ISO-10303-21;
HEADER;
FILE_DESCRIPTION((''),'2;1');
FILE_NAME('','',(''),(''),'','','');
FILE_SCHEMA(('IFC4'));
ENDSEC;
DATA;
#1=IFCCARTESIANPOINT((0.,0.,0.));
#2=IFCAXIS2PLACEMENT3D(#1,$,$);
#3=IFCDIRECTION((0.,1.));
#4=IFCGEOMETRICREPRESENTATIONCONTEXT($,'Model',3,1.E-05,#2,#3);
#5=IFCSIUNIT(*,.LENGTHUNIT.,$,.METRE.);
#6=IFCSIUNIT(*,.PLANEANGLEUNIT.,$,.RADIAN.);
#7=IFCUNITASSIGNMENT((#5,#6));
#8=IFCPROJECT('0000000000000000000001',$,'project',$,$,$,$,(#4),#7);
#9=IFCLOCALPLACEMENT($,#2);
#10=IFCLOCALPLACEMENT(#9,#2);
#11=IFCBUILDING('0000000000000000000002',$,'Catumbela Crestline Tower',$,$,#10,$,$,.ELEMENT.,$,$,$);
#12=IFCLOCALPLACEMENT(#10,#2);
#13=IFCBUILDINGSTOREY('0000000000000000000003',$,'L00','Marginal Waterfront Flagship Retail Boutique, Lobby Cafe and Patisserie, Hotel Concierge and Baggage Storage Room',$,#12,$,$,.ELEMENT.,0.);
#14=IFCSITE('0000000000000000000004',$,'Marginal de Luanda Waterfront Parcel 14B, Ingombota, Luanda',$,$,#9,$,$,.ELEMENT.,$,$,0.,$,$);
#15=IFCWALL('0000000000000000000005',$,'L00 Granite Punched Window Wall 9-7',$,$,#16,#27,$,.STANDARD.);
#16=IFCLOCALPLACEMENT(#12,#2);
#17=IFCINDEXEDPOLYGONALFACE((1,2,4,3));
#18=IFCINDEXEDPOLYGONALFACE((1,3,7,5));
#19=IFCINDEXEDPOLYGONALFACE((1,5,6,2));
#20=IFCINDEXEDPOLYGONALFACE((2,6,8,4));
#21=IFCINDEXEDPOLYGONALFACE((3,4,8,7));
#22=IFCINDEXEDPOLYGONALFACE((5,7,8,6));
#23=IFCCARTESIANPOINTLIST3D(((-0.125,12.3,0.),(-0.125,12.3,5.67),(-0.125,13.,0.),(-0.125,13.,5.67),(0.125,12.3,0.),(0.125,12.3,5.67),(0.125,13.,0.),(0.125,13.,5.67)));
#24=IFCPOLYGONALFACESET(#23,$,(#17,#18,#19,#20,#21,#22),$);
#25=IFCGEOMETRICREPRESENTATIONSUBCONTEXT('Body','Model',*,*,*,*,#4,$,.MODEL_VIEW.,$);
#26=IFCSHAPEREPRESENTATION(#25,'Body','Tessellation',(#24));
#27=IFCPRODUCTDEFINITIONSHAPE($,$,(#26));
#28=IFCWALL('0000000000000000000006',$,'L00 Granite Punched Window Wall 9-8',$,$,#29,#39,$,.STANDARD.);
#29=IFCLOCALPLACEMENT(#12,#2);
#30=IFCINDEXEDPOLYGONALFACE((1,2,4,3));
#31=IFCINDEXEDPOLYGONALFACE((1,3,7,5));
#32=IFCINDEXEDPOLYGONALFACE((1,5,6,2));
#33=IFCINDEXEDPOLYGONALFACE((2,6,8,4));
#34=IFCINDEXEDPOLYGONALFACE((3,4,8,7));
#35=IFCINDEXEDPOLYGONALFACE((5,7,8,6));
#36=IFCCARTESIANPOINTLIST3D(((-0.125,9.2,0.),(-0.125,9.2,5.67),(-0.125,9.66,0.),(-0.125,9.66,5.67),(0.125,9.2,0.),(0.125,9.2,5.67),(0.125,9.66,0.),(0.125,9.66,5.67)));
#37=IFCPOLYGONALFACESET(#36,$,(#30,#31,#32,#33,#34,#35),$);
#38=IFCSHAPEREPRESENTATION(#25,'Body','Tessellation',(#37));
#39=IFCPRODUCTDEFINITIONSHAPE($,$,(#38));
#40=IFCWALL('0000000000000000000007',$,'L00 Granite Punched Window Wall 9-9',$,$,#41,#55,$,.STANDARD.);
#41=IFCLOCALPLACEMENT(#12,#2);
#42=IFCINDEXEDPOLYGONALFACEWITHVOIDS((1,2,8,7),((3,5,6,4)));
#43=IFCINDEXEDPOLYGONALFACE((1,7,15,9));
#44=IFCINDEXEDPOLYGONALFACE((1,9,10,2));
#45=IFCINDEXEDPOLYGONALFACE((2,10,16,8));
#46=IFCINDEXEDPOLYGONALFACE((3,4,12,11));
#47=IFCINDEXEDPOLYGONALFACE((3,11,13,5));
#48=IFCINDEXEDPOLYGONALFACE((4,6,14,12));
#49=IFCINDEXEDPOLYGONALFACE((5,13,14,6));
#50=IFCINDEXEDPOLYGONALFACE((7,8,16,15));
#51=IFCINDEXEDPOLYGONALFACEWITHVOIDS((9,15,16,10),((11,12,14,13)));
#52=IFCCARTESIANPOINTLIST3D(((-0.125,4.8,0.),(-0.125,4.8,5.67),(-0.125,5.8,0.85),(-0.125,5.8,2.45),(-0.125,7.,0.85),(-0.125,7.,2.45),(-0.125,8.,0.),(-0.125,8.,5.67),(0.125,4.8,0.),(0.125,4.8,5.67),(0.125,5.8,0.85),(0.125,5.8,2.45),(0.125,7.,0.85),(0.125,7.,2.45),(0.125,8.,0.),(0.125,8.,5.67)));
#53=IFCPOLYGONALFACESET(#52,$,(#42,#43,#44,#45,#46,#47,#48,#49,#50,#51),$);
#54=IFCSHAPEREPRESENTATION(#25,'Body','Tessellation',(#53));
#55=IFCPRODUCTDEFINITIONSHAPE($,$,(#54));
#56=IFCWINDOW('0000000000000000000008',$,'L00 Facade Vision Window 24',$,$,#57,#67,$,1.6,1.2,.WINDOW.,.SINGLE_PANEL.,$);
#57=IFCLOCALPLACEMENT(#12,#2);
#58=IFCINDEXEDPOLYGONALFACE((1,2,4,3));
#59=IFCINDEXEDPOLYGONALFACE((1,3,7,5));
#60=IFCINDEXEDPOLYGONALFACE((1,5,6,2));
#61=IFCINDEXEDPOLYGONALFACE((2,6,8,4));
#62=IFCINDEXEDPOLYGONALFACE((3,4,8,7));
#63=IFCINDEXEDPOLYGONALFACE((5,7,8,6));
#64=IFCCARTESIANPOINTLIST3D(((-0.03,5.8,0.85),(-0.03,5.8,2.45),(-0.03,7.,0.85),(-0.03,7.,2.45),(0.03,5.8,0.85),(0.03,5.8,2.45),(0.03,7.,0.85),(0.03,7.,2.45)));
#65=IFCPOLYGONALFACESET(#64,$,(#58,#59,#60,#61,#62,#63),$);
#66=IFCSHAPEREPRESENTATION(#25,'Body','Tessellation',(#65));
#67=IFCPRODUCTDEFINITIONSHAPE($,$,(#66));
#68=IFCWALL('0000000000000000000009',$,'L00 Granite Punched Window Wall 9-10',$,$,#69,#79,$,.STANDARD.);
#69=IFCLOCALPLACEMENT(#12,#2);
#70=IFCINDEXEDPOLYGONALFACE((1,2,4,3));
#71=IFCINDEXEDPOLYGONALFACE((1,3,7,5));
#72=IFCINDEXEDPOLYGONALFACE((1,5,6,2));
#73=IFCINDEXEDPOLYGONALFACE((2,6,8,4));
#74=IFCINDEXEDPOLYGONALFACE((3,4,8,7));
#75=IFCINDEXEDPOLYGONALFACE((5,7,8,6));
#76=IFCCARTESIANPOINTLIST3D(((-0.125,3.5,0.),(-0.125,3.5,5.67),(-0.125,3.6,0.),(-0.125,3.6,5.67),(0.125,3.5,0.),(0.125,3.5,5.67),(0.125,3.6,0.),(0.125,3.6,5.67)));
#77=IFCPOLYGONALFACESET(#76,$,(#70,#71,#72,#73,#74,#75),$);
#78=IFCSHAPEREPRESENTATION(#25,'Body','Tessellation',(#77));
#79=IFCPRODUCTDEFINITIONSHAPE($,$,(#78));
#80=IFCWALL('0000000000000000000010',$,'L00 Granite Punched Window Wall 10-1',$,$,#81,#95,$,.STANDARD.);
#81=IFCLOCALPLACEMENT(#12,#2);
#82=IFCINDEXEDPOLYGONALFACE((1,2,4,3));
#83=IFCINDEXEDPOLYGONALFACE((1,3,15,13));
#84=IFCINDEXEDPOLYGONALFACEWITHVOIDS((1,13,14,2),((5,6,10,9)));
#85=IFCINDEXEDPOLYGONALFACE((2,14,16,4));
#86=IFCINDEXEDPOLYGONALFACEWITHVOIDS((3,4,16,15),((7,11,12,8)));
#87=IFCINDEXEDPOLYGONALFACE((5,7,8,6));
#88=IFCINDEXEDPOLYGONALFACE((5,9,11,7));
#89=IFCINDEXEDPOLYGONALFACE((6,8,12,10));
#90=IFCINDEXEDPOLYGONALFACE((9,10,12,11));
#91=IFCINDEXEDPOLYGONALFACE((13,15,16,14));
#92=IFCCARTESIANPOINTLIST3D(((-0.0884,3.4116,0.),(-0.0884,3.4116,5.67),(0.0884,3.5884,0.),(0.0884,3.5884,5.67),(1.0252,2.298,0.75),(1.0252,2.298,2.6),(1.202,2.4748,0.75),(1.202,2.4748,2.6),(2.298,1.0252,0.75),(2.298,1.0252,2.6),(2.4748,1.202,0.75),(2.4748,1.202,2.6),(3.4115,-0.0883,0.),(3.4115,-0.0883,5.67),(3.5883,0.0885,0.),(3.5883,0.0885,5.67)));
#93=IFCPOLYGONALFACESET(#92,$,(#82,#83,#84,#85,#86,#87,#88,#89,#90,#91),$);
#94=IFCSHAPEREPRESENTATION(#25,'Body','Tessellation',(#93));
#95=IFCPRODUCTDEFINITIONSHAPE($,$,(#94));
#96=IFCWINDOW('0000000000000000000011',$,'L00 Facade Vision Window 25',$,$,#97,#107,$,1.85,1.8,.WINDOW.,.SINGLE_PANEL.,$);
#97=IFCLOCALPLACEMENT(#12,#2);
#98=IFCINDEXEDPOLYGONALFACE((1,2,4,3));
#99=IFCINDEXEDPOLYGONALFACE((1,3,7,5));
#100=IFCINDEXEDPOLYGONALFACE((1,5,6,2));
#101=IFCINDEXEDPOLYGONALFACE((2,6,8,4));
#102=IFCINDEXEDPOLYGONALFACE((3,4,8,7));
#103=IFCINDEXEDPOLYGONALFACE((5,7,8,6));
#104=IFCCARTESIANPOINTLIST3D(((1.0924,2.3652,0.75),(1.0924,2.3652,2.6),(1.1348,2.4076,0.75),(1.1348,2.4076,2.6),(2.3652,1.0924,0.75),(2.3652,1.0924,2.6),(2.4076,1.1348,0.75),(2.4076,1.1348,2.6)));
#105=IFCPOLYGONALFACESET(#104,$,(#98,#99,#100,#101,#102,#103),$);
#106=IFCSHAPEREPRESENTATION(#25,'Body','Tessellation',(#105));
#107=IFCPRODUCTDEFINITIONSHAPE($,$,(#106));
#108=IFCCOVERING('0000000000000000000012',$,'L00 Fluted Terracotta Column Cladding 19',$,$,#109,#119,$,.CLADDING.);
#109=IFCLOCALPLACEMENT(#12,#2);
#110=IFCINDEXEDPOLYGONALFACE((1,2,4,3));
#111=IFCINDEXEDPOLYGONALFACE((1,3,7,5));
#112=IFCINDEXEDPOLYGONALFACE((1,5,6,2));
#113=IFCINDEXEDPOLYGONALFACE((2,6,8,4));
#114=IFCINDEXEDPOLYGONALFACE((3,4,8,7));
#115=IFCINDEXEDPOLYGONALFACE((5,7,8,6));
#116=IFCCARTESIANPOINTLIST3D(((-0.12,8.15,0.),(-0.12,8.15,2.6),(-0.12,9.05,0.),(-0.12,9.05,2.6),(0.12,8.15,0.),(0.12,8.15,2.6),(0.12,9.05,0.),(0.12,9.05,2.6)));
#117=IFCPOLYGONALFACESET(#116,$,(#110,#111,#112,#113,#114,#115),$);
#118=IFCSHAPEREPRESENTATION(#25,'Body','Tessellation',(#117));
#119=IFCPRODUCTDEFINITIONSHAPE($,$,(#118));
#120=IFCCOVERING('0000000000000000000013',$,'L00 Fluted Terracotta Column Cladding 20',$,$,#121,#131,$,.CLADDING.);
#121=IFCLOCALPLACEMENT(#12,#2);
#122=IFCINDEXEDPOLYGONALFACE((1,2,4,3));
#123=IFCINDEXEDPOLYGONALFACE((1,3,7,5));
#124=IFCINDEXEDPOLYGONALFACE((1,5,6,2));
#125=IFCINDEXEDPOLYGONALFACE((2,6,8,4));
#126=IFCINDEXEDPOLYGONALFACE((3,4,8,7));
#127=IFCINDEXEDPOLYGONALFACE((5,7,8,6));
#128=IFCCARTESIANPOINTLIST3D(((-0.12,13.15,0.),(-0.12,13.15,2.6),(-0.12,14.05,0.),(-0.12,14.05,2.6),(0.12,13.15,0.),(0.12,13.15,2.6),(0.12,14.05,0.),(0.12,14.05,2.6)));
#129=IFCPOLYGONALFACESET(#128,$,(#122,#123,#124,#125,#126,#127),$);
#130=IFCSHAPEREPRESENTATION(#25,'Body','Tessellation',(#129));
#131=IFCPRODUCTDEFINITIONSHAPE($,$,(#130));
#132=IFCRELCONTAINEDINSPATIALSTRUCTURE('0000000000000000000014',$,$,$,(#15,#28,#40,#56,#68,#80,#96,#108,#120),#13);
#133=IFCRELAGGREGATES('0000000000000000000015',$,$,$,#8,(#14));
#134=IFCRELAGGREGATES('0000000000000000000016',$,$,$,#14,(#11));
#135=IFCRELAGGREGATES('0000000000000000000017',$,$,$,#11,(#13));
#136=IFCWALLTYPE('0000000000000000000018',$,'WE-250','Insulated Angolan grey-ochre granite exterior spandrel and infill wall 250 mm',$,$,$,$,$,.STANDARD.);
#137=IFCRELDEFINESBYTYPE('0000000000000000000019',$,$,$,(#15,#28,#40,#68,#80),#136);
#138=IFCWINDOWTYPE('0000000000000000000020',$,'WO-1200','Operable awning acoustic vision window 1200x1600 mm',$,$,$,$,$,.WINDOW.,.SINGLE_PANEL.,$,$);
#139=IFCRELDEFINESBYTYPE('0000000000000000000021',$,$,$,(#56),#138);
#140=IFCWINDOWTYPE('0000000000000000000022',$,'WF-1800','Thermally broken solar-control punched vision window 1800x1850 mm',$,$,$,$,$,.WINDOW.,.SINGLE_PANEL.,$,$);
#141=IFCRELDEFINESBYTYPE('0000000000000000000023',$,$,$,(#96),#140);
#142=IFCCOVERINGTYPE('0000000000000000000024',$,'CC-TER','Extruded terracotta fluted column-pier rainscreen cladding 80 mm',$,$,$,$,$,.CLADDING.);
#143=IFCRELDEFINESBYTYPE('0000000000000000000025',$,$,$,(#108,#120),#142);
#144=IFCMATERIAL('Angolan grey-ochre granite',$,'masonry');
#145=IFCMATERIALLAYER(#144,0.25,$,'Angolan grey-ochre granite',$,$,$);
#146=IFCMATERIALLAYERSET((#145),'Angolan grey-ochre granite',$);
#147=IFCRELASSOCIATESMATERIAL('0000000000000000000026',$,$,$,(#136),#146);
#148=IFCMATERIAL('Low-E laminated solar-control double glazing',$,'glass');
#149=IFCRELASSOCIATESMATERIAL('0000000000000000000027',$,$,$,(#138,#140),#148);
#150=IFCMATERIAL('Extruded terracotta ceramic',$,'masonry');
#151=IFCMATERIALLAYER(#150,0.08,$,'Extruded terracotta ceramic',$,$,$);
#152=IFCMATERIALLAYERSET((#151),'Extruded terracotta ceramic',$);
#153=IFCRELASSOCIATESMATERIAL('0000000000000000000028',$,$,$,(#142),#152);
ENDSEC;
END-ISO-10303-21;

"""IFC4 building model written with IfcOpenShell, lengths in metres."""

from ifc_helpers import new_model, si_unit, direction, frame, frame_2d, origin, origin_2d, place, context, subcontext, project, spatial, rectangle, extrude, material, layer, layer_set, type_object, element, fill, save


model = new_model("IFC4")

# Units and contexts
model_context = context("Model", 3, precision=1e-05, world=origin(), true_north=direction((0.0, 1.0)))
body_context = subcontext(model_context, "Body", "Model", "MODEL_VIEW")
ifc_project = project(units=[si_unit("LENGTHUNIT", "METRE"), si_unit("PLANEANGLEUNIT", "RADIAN")], contexts=[model_context])

# Site, building, storey
site_placement = place(None, origin())
site = spatial("IfcSite", under=ifc_project, at=site_placement, Name="Marginal de Luanda Waterfront Parcel 14B, Ingombota, Luanda", CompositionType="ELEMENT", RefElevation=0.0)
building_placement = place(site_placement, origin())
building = spatial("IfcBuilding", under=site, at=building_placement, Name="Catumbela Crestline Tower", CompositionType="ELEMENT")
storey_placement = place(building_placement, origin())
storey = spatial("IfcBuildingStorey", under=building, at=storey_placement, Name="L00", Description="Marginal Waterfront Flagship Retail Boutique, Lobby Cafe and Patisserie, Hotel Concierge and Baggage Storage Room", CompositionType="ELEMENT", Elevation=0.0)

# Shared definitions
ifc_material_1 = material(Name="Angolan grey-ochre granite", Category="masonry")
ifc_layer_1 = layer(ifc_material_1, 0.25, Name="Angolan grey-ochre granite")
ifc_layer_set_1 = layer_set([ifc_layer_1], Name="Angolan grey-ochre granite")
wall_type = type_object("IfcWallType", Name="WE-250", Description="Insulated Angolan grey-ochre granite exterior spandrel and infill wall 250 mm", PredefinedType="STANDARD", material=ifc_layer_set_1)

# Walls
wall_1_placement = place(storey_placement, frame((0.0, 13.0, 0.0), z_axis=(0.0, 0.0, 1.0), x_axis=(0.0, -1.0, 0.0)))
element("IfcWall", 1, at=wall_1_placement, inside=storey, type_object=wall_type, Name="L00 Granite Punched Window Wall 9-7", PredefinedType="STANDARD", context=body_context, shape_type="SweptSolid", body=[
    extrude(rectangle(XDim=0.7, YDim=0.25, at=frame_2d((0.35, 0.0))), origin(), (0.0, 0.0, 1.0), 5.67),
])
wall_2_placement = place(storey_placement, frame((0.0, 9.66, 0.0), z_axis=(0.0, 0.0, 1.0), x_axis=(0.0, -1.0, 0.0)))
element("IfcWall", 2, at=wall_2_placement, inside=storey, type_object=wall_type, Name="L00 Granite Punched Window Wall 9-8", PredefinedType="STANDARD", context=body_context, shape_type="SweptSolid", body=[
    extrude(rectangle(XDim=0.46, YDim=0.25, at=frame_2d((0.23, 0.0))), origin(), (0.0, 0.0, 1.0), 5.67),
])

# Wall, opening, window
wall_3_placement = place(storey_placement, frame((0.0, 8.0, 0.0), z_axis=(0.0, 0.0, 1.0), x_axis=(0.0, -1.0, 0.0)))
wall_3 = element("IfcWall", 3, at=wall_3_placement, inside=storey, type_object=wall_type, Name="L00 Granite Punched Window Wall 9-9", PredefinedType="STANDARD", context=body_context, shape_type="SweptSolid", body=[
    extrude(rectangle(XDim=3.2, YDim=0.25, at=frame_2d((1.6, 0.0))), origin(), (0.0, 0.0, 1.0), 5.67),
])
opening_1_placement = place(wall_3_placement, frame((1.0, 0.0, 0.85)))
opening_1 = element("IfcOpeningElement", 4, at=opening_1_placement, cuts=wall_3, PredefinedType="OPENING", context=body_context, shape_type="SweptSolid", body=[
    extrude(rectangle(XDim=1.2, YDim=1.6, at=frame_2d((0.6, 0.8))), frame((0.0, 0.135, 0.0), z_axis=(0.0, -1.0, 0.0), x_axis=(1.0, 0.0, 0.0)), (0.0, 0.0, 1.0), 0.27),
])
ifc_material_2 = material(Name="Low-E laminated solar-control double glazing", Category="glass")
window_type_1 = type_object("IfcWindowType", Name="WO-1200", Description="Operable awning acoustic vision window 1200x1600 mm", PartitioningType="SINGLE_PANEL", PredefinedType="WINDOW", material=ifc_material_2)
window_1_placement = place(opening_1_placement, origin())
window_1 = element("IfcWindow", 5, at=window_1_placement, inside=storey, type_object=window_type_1, Name="L00 Facade Vision Window 24", OverallHeight=1.6, OverallWidth=1.2, PartitioningType="SINGLE_PANEL", PredefinedType="WINDOW", context=body_context, shape_type="SweptSolid", body=[
    extrude(rectangle(XDim=1.2, YDim=1.6, at=frame_2d((0.6, 0.8))), frame((0.0, 0.03, 0.0), z_axis=(0.0, -1.0, 0.0), x_axis=(1.0, 0.0, 0.0)), (0.0, 0.0, 1.0), 0.06),
])
fill(opening_1, window_1)

# Wall
wall_4_placement = place(storey_placement, frame((0.0, 3.6, 0.0), z_axis=(0.0, 0.0, 1.0), x_axis=(0.0, -1.0, 0.0)))
element("IfcWall", 6, at=wall_4_placement, inside=storey, type_object=wall_type, Name="L00 Granite Punched Window Wall 9-10", PredefinedType="STANDARD", context=body_context, shape_type="SweptSolid", body=[
    extrude(rectangle(XDim=0.1, YDim=0.25, at=frame_2d((0.05, 0.0))), origin(), (0.0, 0.0, 1.0), 5.67),
])

# Wall, opening, window
wall_5_placement = place(storey_placement, frame((0.0, 3.5, 0.0), z_axis=(0.0, 0.0, 1.0), x_axis=(0.707107, -0.707107, 0.0)))
wall_5 = element("IfcWall", 7, at=wall_5_placement, inside=storey, type_object=wall_type, Name="L00 Granite Punched Window Wall 10-1", PredefinedType="STANDARD", context=body_context, shape_type="SweptSolid", body=[
    extrude(rectangle(XDim=4.9497, YDim=0.25, at=frame_2d((2.4748, 0.0))), origin(), (0.0, 0.0, 1.0), 5.67),
])
opening_2_placement = place(wall_5_placement, frame((1.5749, 0.0, 0.75)))
opening_2 = element("IfcOpeningElement", 8, at=opening_2_placement, cuts=wall_5, PredefinedType="OPENING", context=body_context, shape_type="SweptSolid", body=[
    extrude(rectangle(XDim=1.8, YDim=1.85, at=frame_2d((0.9, 0.925))), frame((0.0, 0.135, 0.0), z_axis=(0.0, -1.0, 0.0), x_axis=(1.0, 0.0, 0.0)), (0.0, 0.0, 1.0), 0.27),
])
window_type_2 = type_object("IfcWindowType", Name="WF-1800", Description="Thermally broken solar-control punched vision window 1800x1850 mm", PartitioningType="SINGLE_PANEL", PredefinedType="WINDOW", material=ifc_material_2)
window_2_placement = place(opening_2_placement, origin())
window_2 = element("IfcWindow", 9, at=window_2_placement, inside=storey, type_object=window_type_2, Name="L00 Facade Vision Window 25", OverallHeight=1.85, OverallWidth=1.8, PartitioningType="SINGLE_PANEL", PredefinedType="WINDOW", context=body_context, shape_type="SweptSolid", body=[
    extrude(rectangle(XDim=1.8, YDim=1.85, at=frame_2d((0.9, 0.925))), frame((0.0, 0.03, 0.0), z_axis=(0.0, -1.0, 0.0), x_axis=(1.0, 0.0, 0.0)), (0.0, 0.0, 1.0), 0.06),
])
fill(opening_2, window_2)

# Coverings
ifc_material_3 = material(Name="Extruded terracotta ceramic", Category="masonry")
ifc_layer_2 = layer(ifc_material_3, 0.08, Name="Extruded terracotta ceramic")
ifc_layer_set_2 = layer_set([ifc_layer_2], Name="Extruded terracotta ceramic")
covering_type = type_object("IfcCoveringType", Name="CC-TER", Description="Extruded terracotta fluted column-pier rainscreen cladding 80 mm", PredefinedType="CLADDING", material=ifc_layer_set_2)
for number, where, z_axis, x_axis, name in (
    (10, (0.0, 8.6, 0.0), (0.0, 0.0, 1.0), (0.0, -1.0, 0.0), "L00 Fluted Terracotta Column Cladding 19"),
    (11, (0.0, 13.6, 0.0), (0.0, 0.0, 1.0), (0.0, -1.0, 0.0), "L00 Fluted Terracotta Column Cladding 20"),
):
    element("IfcCovering", number, at=place(storey_placement, frame(where, z_axis=z_axis, x_axis=x_axis)), inside=storey, type_object=covering_type, Name=name, PredefinedType="CLADDING", context=body_context, shape_type="SweptSolid", body=[
        extrude(rectangle(XDim=0.9, YDim=0.24, at=origin_2d()), origin(), (0.0, 0.0, 1.0), 2.6),
    ])

save(model, "model.ifc")
